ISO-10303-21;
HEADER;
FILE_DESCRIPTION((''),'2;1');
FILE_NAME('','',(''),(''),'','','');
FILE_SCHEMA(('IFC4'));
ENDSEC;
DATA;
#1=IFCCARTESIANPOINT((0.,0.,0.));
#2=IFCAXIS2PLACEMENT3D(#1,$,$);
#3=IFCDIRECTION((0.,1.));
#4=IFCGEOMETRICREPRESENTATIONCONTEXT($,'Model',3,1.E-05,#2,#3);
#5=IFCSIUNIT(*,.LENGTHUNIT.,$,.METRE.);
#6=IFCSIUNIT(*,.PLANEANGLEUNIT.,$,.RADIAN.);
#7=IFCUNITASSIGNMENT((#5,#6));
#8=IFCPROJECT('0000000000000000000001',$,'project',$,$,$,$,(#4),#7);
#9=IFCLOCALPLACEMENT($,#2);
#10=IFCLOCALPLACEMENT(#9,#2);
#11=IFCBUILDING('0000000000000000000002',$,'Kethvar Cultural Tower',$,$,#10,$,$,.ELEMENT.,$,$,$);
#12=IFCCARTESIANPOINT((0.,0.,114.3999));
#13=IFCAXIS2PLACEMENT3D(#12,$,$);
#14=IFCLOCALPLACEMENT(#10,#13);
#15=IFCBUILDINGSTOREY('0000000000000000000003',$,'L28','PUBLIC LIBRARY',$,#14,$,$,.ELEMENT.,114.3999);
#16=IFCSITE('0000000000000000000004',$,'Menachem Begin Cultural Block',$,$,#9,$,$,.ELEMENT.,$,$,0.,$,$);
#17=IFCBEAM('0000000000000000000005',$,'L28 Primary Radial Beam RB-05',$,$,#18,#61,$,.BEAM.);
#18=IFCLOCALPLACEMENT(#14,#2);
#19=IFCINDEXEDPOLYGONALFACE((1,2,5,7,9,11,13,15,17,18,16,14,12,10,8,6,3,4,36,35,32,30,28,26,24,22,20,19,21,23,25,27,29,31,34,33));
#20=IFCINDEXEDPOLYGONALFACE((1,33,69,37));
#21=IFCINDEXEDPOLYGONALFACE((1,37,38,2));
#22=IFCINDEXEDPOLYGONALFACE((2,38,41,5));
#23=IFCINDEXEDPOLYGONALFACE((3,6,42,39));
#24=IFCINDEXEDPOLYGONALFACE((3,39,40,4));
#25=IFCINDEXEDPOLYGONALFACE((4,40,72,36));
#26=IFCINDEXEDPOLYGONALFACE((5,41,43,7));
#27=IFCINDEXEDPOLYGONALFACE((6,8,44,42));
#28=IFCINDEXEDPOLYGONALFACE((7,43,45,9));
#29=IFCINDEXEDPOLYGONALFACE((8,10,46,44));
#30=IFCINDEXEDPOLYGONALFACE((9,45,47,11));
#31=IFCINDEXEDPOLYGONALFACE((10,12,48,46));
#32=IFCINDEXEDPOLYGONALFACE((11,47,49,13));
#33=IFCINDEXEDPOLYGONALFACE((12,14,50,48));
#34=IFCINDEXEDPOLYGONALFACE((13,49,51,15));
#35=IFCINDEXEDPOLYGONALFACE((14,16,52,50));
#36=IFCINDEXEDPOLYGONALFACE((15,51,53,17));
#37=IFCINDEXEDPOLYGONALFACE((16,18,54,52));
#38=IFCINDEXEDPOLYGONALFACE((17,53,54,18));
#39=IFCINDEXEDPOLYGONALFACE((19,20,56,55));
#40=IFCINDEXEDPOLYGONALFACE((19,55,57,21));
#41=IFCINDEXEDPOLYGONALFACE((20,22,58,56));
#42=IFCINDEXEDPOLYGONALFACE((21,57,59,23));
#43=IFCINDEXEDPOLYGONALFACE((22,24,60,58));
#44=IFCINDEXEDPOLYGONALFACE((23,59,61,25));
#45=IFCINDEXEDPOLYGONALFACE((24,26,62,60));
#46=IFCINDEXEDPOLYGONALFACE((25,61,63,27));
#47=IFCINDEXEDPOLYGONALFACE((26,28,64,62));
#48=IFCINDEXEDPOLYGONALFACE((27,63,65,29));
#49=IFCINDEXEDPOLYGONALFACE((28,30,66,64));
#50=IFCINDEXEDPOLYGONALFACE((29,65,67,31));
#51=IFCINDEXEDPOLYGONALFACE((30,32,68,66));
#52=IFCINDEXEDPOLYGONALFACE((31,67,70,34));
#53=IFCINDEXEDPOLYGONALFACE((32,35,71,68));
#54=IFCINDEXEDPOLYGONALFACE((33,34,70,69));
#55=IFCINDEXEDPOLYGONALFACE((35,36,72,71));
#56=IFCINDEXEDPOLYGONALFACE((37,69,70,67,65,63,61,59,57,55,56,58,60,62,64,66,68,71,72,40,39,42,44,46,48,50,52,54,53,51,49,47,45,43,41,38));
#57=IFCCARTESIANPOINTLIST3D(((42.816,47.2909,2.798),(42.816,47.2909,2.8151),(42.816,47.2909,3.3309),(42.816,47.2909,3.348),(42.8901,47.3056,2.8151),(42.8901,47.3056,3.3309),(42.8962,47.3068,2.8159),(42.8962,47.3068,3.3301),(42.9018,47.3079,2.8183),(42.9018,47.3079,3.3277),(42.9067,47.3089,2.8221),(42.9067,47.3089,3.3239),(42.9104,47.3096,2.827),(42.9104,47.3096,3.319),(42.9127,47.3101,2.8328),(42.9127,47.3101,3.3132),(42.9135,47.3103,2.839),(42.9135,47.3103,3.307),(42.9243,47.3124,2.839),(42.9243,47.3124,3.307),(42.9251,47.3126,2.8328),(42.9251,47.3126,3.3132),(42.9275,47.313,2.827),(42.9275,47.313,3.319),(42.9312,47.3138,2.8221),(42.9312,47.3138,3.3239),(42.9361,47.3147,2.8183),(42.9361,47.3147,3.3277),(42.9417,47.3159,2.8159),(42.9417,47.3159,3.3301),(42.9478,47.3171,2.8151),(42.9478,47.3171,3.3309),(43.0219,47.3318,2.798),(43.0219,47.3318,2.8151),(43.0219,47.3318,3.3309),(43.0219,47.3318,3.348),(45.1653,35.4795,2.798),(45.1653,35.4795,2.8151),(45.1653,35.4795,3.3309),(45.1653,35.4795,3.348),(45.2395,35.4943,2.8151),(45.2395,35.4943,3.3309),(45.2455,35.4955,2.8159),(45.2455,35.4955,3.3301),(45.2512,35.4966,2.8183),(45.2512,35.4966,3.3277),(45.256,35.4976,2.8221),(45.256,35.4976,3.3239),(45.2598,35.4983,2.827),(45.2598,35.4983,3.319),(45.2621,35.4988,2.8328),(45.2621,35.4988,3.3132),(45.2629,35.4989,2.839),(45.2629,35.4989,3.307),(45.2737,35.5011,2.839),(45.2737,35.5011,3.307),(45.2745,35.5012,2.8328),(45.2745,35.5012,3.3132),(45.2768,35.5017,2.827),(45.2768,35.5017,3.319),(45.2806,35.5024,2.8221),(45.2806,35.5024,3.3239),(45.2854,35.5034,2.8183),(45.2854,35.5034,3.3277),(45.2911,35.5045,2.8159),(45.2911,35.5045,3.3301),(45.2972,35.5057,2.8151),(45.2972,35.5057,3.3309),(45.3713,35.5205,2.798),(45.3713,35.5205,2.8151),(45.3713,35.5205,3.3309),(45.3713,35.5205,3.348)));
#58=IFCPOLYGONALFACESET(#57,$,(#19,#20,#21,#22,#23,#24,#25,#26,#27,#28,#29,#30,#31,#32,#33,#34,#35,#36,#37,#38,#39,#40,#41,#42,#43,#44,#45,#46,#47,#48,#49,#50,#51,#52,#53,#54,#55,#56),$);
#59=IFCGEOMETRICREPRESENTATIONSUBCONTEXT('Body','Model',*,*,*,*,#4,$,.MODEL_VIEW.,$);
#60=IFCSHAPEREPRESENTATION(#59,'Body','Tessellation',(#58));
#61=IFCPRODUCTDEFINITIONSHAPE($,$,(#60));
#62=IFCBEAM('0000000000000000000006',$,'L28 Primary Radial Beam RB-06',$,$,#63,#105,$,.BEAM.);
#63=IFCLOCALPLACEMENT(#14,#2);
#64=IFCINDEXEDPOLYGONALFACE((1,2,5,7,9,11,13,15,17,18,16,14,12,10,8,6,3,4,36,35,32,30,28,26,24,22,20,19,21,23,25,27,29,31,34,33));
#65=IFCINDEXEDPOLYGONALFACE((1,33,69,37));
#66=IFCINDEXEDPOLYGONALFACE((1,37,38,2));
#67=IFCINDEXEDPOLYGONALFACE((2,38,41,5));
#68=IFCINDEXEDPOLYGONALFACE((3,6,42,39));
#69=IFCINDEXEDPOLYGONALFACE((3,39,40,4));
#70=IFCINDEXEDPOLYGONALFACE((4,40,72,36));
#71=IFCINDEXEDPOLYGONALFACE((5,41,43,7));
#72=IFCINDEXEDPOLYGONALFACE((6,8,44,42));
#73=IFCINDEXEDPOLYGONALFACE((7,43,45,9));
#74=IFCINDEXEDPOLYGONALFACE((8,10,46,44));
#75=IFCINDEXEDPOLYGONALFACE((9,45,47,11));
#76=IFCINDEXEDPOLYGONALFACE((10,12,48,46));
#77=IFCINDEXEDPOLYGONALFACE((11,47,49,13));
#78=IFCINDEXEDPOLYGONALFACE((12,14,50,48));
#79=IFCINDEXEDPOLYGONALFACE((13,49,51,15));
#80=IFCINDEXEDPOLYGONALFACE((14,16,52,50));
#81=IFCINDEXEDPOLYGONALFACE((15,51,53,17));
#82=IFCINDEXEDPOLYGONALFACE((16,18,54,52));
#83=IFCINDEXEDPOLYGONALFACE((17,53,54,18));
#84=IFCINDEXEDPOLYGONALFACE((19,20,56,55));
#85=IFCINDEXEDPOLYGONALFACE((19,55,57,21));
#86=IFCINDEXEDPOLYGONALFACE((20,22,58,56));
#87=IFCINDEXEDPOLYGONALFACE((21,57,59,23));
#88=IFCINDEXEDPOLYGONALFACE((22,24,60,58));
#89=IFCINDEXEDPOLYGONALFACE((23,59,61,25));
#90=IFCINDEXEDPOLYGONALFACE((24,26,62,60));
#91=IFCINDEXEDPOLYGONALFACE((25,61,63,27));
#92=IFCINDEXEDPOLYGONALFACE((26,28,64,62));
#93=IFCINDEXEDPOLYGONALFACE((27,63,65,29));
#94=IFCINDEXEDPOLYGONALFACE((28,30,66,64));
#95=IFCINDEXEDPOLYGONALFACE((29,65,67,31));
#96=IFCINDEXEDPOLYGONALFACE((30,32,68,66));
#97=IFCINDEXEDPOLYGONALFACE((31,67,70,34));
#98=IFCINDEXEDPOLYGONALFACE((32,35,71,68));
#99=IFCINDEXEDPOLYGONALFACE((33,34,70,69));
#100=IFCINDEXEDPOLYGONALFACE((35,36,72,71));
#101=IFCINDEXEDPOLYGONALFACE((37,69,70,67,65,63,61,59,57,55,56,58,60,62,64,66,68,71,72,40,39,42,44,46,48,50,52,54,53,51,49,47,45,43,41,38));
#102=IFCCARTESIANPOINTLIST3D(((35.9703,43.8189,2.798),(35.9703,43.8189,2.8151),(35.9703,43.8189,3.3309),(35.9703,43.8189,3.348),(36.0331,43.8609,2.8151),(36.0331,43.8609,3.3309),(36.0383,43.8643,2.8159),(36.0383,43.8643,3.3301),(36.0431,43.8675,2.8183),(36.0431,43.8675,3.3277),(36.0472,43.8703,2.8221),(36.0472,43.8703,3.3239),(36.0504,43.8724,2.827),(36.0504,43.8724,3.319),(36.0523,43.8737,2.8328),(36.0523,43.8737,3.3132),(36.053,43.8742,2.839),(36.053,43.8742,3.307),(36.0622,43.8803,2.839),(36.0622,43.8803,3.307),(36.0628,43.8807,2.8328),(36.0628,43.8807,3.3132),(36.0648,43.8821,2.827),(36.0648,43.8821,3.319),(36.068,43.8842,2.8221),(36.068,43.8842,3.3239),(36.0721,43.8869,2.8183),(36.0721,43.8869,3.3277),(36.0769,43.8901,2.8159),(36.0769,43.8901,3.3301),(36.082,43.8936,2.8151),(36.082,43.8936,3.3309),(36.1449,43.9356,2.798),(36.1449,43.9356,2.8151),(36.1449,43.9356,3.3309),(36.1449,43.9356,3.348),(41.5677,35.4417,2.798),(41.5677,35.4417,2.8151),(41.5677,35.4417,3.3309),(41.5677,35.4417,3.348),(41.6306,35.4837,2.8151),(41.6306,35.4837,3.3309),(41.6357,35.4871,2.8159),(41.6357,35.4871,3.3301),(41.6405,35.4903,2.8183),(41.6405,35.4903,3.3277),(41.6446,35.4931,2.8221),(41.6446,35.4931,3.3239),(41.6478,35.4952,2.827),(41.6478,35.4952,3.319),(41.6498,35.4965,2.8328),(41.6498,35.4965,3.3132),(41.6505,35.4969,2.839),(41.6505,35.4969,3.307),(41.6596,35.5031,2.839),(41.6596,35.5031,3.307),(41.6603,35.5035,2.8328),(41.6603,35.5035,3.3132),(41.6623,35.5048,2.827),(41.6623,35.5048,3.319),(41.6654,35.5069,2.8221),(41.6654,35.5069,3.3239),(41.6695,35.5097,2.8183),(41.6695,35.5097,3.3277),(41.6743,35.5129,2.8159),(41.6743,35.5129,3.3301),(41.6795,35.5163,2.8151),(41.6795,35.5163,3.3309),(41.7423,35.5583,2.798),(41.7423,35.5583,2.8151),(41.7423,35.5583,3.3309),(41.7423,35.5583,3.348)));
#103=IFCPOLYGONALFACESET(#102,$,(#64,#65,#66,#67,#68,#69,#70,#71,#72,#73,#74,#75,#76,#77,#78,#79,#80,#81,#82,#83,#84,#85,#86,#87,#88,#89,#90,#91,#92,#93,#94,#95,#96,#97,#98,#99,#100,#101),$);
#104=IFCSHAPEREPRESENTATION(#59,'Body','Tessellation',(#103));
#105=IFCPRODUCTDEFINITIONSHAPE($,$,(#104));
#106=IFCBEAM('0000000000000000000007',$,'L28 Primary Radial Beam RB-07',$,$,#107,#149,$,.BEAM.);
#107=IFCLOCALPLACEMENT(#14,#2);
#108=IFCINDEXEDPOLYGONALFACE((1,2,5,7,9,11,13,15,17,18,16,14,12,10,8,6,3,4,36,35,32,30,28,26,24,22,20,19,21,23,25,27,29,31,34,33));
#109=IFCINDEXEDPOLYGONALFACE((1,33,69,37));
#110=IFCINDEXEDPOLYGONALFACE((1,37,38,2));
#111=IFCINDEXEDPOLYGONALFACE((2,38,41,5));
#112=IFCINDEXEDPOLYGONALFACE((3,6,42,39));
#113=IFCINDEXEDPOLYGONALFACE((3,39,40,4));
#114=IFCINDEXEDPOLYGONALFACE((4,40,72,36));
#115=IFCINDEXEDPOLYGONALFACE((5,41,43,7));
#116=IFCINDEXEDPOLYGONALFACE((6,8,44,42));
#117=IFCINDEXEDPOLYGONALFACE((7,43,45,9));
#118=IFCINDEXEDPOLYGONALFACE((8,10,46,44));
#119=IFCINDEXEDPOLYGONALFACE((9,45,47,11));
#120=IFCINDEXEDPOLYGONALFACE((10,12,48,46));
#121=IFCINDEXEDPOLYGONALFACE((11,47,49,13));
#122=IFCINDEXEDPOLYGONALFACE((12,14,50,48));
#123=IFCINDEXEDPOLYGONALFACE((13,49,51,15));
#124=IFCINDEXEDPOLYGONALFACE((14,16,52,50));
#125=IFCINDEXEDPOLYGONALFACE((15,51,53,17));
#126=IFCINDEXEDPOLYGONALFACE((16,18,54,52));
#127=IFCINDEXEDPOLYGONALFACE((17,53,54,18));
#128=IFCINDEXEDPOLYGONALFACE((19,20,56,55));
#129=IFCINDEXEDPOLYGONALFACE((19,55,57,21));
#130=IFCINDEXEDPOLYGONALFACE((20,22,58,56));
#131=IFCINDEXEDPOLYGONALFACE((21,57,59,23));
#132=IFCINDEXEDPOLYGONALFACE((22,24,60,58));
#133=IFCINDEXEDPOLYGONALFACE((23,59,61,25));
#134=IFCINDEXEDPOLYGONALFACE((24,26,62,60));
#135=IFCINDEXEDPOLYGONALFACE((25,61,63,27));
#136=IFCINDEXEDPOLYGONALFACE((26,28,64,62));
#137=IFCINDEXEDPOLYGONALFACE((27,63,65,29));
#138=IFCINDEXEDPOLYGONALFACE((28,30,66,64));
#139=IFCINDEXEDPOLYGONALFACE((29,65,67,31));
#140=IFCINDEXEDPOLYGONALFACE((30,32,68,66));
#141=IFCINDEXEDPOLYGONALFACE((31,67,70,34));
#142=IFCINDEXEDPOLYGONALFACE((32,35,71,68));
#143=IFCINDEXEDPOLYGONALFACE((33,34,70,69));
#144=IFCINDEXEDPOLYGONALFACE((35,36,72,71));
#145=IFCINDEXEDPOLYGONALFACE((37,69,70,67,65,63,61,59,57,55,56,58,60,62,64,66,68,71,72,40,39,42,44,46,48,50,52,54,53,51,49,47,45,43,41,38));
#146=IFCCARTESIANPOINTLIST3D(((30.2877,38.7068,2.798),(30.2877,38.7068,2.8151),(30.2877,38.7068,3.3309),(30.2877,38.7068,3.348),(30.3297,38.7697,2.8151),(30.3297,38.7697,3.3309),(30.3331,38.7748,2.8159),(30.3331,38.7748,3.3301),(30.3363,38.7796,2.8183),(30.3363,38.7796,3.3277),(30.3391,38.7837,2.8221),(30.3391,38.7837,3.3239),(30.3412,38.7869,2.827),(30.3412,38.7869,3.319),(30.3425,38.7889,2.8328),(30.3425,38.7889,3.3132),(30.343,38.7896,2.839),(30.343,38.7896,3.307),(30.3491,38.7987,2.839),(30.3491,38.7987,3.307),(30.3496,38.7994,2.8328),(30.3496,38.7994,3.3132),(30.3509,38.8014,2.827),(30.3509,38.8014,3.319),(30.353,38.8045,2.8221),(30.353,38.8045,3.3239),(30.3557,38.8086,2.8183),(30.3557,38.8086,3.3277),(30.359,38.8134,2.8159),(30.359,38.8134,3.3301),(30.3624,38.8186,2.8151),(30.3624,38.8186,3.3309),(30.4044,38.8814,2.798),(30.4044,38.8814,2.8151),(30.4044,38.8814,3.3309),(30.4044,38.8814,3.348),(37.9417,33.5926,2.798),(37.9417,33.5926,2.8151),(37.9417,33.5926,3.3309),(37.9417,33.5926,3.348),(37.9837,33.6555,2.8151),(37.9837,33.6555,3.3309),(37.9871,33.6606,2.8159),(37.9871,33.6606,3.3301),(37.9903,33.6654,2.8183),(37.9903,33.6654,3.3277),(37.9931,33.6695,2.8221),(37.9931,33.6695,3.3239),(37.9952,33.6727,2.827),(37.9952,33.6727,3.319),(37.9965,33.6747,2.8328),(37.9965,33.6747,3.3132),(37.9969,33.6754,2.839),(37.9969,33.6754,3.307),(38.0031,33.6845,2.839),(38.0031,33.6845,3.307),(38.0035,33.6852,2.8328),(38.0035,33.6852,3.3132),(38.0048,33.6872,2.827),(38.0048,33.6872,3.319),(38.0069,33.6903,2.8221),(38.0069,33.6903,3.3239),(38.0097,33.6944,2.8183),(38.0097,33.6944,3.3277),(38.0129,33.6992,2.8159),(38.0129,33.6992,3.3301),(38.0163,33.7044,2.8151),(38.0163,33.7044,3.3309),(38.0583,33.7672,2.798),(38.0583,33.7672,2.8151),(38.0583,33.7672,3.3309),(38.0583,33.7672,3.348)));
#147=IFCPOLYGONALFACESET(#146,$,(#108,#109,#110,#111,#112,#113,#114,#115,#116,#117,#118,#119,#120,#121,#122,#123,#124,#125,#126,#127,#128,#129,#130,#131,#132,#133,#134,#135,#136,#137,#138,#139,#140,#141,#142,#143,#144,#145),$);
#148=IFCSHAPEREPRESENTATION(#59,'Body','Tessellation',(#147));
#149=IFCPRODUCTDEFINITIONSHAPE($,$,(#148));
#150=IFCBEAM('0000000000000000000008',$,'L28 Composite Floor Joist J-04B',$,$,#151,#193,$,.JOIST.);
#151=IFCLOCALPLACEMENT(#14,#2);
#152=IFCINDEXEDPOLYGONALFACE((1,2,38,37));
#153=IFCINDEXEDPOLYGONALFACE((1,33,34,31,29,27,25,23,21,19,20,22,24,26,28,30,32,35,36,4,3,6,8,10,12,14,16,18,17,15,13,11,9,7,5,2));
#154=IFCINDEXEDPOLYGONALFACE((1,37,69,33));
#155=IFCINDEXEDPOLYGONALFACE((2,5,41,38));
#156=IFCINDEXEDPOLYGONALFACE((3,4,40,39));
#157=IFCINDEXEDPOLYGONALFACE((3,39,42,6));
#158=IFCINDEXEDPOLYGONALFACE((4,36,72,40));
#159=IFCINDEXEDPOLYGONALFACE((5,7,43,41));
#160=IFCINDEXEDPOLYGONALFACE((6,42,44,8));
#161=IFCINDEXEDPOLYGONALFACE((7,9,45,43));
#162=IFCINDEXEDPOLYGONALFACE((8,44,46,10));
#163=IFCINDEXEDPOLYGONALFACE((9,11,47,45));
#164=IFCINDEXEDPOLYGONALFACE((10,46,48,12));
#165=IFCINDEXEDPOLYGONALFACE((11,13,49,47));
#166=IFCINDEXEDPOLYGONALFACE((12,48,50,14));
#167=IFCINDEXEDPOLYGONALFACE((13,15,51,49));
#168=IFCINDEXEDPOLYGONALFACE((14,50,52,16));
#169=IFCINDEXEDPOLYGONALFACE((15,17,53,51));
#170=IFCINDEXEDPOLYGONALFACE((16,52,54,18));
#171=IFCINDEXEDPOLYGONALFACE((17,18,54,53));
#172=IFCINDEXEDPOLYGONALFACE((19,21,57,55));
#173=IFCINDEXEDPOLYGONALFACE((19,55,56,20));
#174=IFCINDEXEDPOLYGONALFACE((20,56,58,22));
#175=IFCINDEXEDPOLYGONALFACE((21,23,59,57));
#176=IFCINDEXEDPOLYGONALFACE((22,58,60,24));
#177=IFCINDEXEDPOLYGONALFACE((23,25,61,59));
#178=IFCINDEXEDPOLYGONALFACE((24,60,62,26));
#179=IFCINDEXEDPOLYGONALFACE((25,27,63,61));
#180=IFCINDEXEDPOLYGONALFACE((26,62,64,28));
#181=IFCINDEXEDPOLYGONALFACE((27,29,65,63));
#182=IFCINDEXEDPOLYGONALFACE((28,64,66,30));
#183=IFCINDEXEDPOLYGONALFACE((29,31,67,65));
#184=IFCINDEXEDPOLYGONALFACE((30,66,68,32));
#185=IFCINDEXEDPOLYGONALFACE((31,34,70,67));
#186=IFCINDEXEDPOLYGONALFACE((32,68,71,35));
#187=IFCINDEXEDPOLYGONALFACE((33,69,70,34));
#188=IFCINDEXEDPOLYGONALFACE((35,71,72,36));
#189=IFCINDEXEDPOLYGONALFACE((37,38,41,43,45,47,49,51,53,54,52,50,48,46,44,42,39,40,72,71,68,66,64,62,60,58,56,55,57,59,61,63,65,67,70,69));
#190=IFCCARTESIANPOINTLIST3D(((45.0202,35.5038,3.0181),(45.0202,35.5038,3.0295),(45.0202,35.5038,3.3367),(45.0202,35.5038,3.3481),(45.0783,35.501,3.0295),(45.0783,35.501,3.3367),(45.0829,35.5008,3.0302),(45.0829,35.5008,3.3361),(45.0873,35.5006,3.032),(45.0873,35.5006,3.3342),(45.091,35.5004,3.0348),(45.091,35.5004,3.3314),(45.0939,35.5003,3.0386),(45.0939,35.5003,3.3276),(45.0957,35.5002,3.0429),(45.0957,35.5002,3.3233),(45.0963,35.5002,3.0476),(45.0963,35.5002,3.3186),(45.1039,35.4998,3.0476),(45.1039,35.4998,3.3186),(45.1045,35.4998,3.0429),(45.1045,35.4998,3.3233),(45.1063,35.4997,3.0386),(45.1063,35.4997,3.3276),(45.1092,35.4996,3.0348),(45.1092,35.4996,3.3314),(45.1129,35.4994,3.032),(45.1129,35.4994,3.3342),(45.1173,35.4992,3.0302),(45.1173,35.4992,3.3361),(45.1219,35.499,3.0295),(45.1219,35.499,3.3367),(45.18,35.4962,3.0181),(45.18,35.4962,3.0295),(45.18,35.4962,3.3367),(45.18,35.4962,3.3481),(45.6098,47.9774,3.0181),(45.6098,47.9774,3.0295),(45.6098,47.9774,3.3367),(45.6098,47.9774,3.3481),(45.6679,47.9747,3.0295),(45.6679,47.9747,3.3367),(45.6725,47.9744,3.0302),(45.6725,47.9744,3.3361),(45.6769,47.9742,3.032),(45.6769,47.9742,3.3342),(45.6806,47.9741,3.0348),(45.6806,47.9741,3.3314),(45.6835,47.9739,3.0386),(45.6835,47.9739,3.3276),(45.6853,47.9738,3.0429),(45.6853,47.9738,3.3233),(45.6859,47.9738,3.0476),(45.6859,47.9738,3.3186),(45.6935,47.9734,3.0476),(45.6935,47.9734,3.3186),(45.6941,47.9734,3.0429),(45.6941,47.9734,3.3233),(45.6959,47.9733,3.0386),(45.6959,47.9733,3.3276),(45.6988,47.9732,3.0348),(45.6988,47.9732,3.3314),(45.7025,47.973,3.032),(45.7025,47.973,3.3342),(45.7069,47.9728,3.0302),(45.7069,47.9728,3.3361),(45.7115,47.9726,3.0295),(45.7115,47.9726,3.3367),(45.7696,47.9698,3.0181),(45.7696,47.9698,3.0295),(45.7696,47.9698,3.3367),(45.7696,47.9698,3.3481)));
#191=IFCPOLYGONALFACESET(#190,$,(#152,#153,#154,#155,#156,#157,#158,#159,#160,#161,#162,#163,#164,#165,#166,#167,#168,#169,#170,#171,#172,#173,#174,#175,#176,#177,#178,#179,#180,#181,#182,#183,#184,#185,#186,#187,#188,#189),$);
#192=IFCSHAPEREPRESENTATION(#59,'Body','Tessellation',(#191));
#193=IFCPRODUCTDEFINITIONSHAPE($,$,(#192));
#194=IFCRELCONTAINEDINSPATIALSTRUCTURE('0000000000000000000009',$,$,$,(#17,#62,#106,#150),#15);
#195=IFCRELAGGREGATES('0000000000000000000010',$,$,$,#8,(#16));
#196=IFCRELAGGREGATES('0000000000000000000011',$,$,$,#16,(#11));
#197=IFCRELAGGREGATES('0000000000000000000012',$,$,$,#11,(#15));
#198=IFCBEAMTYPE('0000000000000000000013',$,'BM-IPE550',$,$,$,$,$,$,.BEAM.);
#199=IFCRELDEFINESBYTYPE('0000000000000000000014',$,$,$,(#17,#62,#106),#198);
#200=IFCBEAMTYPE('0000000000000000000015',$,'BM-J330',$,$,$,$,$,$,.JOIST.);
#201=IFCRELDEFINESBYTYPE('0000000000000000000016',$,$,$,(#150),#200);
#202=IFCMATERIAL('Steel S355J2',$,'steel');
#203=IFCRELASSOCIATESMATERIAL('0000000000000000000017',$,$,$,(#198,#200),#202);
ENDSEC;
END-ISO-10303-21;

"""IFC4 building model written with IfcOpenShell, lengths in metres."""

from ifc_helpers import new_model, si_unit, direction, frame, origin, origin_2d, place, context, subcontext, project, spatial, i_section, extrude, source, transform, mapped, material, material_profile, profile_set, type_object, element, save


model = new_model("IFC4")

# Units and contexts
model_context = context("Model", 3, precision=1e-05, world=origin(), true_north=direction((0.0, 1.0)))
body_context = subcontext(model_context, "Body", "Model", "MODEL_VIEW")
ifc_project = project(units=[si_unit("LENGTHUNIT", "METRE"), si_unit("PLANEANGLEUNIT", "RADIAN")], contexts=[model_context])

# Site, building, storey
site_placement = place(None, origin())
site = spatial("IfcSite", under=ifc_project, at=site_placement, Name="Menachem Begin Cultural Block", CompositionType="ELEMENT", RefElevation=0.0)
building_placement = place(site_placement, origin())
building = spatial("IfcBuilding", under=site, at=building_placement, Name="Kethvar Cultural Tower", CompositionType="ELEMENT")
storey_placement = place(building_placement, frame((0.0, 0.0, 114.3999)))
storey = spatial("IfcBuildingStorey", under=building, at=storey_placement, Name="L28", Description="PUBLIC LIBRARY", CompositionType="ELEMENT", Elevation=114.3999)

# Beams
ifc_material_1 = material(Name="Steel S355J2", Category="steel")
ifc_material_profile_1 = material_profile(ifc_material_1, i_section(OverallWidth=0.21, OverallDepth=0.55, WebThickness=0.011, FlangeThickness=0.0171, FilletRadius=0.0239, at=origin_2d()), Name="Steel S355J2 — IPE550")
ifc_profile_set_1 = profile_set([ifc_material_profile_1], Name="Steel S355J2 — IPE550")
beam_type_1 = type_object("IfcBeamType", Name="BM-IPE550", PredefinedType="BEAM", material=ifc_profile_set_1)
shared_shape_1 = source(origin(), body_context, "Body", "SweptSolid", [
    extrude(i_section(OverallWidth=0.21, OverallDepth=0.55, WebThickness=0.011, FlangeThickness=0.0171, FilletRadius=0.0239, at=origin_2d()), origin(), (0.0, 0.0, 1.0), 12.0427),
])
beam_1_placement = place(storey_placement, frame((45.2683, 35.5, 3.073), z_axis=(-0.195087, 0.980786, 0.0), x_axis=(-0.980786, -0.195087, 0.0)))
element("IfcBeam", 1, at=beam_1_placement, inside=storey, type_object=beam_type_1, Name="L28 Primary Radial Beam RB-05", PredefinedType="BEAM", context=body_context, shape_type="MappedRepresentation", body=[
    mapped(shared_shape_1, transform((0.0, 0.0, 0.0), scale=1.0)),
])
shared_shape_2 = source(origin(), body_context, "Body", "SweptSolid", [
    extrude(i_section(OverallWidth=0.21, OverallDepth=0.55, WebThickness=0.011, FlangeThickness=0.0171, FilletRadius=0.0239, at=origin_2d()), origin(), (0.0, 0.0, 1.0), 10.0752),
])
beam_2_placement = place(storey_placement, frame((41.655, 35.5, 3.073), z_axis=(-0.555567, 0.831472, 0.0), x_axis=(-0.831472, -0.555567, 0.0)))
element("IfcBeam", 2, at=beam_2_placement, inside=storey, type_object=beam_type_1, Name="L28 Primary Radial Beam RB-06", PredefinedType="BEAM", context=body_context, shape_type="MappedRepresentation", body=[
    mapped(shared_shape_2, transform((0.0, 0.0, 0.0), scale=1.0)),
])
shared_shape_3 = source(origin(), body_context, "Body", "SweptSolid", [
    extrude(i_section(OverallWidth=0.21, OverallDepth=0.55, WebThickness=0.011, FlangeThickness=0.0171, FilletRadius=0.0239, at=origin_2d()), origin(), (0.0, 0.0, 1.0), 9.2053),
])
beam_3_placement = place(storey_placement, frame((38.0, 33.6799, 3.073), z_axis=(-0.83147, 0.555569, 0.0), x_axis=(-0.555569, -0.83147, 0.0)))
element("IfcBeam", 3, at=beam_3_placement, inside=storey, type_object=beam_type_1, Name="L28 Primary Radial Beam RB-07", PredefinedType="BEAM", context=body_context, shape_type="MappedRepresentation", body=[
    mapped(shared_shape_3, transform((0.0, 0.0, 0.0), scale=1.0)),
])
ifc_material_profile_2 = material_profile(ifc_material_1, i_section(OverallWidth=0.1599, OverallDepth=0.3301, WebThickness=0.0076, FlangeThickness=0.0115, FilletRadius=0.0181, at=origin_2d()), Name="Steel S355J2 — IPE330")
ifc_profile_set_2 = profile_set([ifc_material_profile_2], Name="Steel S355J2 — IPE330")
beam_type_2 = type_object("IfcBeamType", Name="BM-J330", PredefinedType="JOIST", material=ifc_profile_set_2)
shared_shape_4 = source(origin(), body_context, "Body", "SweptSolid", [
    extrude(i_section(OverallWidth=0.1599, OverallDepth=0.3301, WebThickness=0.0076, FlangeThickness=0.0115, FilletRadius=0.0181, at=origin_2d()), origin(), (0.0, 0.0, 1.0), 12.4875),
])
beam_4_placement = place(storey_placement, frame((45.1001, 35.5, 3.1831), z_axis=(0.047215, 0.998885, 0.0), x_axis=(-0.998885, 0.047215, 0.0)))
element("IfcBeam", 4, at=beam_4_placement, inside=storey, type_object=beam_type_2, Name="L28 Composite Floor Joist J-04B", PredefinedType="JOIST", context=body_context, shape_type="MappedRepresentation", body=[
    mapped(shared_shape_4, transform((0.0, 0.0, 0.0), scale=1.0)),
])

save(model, "model.ifc")
